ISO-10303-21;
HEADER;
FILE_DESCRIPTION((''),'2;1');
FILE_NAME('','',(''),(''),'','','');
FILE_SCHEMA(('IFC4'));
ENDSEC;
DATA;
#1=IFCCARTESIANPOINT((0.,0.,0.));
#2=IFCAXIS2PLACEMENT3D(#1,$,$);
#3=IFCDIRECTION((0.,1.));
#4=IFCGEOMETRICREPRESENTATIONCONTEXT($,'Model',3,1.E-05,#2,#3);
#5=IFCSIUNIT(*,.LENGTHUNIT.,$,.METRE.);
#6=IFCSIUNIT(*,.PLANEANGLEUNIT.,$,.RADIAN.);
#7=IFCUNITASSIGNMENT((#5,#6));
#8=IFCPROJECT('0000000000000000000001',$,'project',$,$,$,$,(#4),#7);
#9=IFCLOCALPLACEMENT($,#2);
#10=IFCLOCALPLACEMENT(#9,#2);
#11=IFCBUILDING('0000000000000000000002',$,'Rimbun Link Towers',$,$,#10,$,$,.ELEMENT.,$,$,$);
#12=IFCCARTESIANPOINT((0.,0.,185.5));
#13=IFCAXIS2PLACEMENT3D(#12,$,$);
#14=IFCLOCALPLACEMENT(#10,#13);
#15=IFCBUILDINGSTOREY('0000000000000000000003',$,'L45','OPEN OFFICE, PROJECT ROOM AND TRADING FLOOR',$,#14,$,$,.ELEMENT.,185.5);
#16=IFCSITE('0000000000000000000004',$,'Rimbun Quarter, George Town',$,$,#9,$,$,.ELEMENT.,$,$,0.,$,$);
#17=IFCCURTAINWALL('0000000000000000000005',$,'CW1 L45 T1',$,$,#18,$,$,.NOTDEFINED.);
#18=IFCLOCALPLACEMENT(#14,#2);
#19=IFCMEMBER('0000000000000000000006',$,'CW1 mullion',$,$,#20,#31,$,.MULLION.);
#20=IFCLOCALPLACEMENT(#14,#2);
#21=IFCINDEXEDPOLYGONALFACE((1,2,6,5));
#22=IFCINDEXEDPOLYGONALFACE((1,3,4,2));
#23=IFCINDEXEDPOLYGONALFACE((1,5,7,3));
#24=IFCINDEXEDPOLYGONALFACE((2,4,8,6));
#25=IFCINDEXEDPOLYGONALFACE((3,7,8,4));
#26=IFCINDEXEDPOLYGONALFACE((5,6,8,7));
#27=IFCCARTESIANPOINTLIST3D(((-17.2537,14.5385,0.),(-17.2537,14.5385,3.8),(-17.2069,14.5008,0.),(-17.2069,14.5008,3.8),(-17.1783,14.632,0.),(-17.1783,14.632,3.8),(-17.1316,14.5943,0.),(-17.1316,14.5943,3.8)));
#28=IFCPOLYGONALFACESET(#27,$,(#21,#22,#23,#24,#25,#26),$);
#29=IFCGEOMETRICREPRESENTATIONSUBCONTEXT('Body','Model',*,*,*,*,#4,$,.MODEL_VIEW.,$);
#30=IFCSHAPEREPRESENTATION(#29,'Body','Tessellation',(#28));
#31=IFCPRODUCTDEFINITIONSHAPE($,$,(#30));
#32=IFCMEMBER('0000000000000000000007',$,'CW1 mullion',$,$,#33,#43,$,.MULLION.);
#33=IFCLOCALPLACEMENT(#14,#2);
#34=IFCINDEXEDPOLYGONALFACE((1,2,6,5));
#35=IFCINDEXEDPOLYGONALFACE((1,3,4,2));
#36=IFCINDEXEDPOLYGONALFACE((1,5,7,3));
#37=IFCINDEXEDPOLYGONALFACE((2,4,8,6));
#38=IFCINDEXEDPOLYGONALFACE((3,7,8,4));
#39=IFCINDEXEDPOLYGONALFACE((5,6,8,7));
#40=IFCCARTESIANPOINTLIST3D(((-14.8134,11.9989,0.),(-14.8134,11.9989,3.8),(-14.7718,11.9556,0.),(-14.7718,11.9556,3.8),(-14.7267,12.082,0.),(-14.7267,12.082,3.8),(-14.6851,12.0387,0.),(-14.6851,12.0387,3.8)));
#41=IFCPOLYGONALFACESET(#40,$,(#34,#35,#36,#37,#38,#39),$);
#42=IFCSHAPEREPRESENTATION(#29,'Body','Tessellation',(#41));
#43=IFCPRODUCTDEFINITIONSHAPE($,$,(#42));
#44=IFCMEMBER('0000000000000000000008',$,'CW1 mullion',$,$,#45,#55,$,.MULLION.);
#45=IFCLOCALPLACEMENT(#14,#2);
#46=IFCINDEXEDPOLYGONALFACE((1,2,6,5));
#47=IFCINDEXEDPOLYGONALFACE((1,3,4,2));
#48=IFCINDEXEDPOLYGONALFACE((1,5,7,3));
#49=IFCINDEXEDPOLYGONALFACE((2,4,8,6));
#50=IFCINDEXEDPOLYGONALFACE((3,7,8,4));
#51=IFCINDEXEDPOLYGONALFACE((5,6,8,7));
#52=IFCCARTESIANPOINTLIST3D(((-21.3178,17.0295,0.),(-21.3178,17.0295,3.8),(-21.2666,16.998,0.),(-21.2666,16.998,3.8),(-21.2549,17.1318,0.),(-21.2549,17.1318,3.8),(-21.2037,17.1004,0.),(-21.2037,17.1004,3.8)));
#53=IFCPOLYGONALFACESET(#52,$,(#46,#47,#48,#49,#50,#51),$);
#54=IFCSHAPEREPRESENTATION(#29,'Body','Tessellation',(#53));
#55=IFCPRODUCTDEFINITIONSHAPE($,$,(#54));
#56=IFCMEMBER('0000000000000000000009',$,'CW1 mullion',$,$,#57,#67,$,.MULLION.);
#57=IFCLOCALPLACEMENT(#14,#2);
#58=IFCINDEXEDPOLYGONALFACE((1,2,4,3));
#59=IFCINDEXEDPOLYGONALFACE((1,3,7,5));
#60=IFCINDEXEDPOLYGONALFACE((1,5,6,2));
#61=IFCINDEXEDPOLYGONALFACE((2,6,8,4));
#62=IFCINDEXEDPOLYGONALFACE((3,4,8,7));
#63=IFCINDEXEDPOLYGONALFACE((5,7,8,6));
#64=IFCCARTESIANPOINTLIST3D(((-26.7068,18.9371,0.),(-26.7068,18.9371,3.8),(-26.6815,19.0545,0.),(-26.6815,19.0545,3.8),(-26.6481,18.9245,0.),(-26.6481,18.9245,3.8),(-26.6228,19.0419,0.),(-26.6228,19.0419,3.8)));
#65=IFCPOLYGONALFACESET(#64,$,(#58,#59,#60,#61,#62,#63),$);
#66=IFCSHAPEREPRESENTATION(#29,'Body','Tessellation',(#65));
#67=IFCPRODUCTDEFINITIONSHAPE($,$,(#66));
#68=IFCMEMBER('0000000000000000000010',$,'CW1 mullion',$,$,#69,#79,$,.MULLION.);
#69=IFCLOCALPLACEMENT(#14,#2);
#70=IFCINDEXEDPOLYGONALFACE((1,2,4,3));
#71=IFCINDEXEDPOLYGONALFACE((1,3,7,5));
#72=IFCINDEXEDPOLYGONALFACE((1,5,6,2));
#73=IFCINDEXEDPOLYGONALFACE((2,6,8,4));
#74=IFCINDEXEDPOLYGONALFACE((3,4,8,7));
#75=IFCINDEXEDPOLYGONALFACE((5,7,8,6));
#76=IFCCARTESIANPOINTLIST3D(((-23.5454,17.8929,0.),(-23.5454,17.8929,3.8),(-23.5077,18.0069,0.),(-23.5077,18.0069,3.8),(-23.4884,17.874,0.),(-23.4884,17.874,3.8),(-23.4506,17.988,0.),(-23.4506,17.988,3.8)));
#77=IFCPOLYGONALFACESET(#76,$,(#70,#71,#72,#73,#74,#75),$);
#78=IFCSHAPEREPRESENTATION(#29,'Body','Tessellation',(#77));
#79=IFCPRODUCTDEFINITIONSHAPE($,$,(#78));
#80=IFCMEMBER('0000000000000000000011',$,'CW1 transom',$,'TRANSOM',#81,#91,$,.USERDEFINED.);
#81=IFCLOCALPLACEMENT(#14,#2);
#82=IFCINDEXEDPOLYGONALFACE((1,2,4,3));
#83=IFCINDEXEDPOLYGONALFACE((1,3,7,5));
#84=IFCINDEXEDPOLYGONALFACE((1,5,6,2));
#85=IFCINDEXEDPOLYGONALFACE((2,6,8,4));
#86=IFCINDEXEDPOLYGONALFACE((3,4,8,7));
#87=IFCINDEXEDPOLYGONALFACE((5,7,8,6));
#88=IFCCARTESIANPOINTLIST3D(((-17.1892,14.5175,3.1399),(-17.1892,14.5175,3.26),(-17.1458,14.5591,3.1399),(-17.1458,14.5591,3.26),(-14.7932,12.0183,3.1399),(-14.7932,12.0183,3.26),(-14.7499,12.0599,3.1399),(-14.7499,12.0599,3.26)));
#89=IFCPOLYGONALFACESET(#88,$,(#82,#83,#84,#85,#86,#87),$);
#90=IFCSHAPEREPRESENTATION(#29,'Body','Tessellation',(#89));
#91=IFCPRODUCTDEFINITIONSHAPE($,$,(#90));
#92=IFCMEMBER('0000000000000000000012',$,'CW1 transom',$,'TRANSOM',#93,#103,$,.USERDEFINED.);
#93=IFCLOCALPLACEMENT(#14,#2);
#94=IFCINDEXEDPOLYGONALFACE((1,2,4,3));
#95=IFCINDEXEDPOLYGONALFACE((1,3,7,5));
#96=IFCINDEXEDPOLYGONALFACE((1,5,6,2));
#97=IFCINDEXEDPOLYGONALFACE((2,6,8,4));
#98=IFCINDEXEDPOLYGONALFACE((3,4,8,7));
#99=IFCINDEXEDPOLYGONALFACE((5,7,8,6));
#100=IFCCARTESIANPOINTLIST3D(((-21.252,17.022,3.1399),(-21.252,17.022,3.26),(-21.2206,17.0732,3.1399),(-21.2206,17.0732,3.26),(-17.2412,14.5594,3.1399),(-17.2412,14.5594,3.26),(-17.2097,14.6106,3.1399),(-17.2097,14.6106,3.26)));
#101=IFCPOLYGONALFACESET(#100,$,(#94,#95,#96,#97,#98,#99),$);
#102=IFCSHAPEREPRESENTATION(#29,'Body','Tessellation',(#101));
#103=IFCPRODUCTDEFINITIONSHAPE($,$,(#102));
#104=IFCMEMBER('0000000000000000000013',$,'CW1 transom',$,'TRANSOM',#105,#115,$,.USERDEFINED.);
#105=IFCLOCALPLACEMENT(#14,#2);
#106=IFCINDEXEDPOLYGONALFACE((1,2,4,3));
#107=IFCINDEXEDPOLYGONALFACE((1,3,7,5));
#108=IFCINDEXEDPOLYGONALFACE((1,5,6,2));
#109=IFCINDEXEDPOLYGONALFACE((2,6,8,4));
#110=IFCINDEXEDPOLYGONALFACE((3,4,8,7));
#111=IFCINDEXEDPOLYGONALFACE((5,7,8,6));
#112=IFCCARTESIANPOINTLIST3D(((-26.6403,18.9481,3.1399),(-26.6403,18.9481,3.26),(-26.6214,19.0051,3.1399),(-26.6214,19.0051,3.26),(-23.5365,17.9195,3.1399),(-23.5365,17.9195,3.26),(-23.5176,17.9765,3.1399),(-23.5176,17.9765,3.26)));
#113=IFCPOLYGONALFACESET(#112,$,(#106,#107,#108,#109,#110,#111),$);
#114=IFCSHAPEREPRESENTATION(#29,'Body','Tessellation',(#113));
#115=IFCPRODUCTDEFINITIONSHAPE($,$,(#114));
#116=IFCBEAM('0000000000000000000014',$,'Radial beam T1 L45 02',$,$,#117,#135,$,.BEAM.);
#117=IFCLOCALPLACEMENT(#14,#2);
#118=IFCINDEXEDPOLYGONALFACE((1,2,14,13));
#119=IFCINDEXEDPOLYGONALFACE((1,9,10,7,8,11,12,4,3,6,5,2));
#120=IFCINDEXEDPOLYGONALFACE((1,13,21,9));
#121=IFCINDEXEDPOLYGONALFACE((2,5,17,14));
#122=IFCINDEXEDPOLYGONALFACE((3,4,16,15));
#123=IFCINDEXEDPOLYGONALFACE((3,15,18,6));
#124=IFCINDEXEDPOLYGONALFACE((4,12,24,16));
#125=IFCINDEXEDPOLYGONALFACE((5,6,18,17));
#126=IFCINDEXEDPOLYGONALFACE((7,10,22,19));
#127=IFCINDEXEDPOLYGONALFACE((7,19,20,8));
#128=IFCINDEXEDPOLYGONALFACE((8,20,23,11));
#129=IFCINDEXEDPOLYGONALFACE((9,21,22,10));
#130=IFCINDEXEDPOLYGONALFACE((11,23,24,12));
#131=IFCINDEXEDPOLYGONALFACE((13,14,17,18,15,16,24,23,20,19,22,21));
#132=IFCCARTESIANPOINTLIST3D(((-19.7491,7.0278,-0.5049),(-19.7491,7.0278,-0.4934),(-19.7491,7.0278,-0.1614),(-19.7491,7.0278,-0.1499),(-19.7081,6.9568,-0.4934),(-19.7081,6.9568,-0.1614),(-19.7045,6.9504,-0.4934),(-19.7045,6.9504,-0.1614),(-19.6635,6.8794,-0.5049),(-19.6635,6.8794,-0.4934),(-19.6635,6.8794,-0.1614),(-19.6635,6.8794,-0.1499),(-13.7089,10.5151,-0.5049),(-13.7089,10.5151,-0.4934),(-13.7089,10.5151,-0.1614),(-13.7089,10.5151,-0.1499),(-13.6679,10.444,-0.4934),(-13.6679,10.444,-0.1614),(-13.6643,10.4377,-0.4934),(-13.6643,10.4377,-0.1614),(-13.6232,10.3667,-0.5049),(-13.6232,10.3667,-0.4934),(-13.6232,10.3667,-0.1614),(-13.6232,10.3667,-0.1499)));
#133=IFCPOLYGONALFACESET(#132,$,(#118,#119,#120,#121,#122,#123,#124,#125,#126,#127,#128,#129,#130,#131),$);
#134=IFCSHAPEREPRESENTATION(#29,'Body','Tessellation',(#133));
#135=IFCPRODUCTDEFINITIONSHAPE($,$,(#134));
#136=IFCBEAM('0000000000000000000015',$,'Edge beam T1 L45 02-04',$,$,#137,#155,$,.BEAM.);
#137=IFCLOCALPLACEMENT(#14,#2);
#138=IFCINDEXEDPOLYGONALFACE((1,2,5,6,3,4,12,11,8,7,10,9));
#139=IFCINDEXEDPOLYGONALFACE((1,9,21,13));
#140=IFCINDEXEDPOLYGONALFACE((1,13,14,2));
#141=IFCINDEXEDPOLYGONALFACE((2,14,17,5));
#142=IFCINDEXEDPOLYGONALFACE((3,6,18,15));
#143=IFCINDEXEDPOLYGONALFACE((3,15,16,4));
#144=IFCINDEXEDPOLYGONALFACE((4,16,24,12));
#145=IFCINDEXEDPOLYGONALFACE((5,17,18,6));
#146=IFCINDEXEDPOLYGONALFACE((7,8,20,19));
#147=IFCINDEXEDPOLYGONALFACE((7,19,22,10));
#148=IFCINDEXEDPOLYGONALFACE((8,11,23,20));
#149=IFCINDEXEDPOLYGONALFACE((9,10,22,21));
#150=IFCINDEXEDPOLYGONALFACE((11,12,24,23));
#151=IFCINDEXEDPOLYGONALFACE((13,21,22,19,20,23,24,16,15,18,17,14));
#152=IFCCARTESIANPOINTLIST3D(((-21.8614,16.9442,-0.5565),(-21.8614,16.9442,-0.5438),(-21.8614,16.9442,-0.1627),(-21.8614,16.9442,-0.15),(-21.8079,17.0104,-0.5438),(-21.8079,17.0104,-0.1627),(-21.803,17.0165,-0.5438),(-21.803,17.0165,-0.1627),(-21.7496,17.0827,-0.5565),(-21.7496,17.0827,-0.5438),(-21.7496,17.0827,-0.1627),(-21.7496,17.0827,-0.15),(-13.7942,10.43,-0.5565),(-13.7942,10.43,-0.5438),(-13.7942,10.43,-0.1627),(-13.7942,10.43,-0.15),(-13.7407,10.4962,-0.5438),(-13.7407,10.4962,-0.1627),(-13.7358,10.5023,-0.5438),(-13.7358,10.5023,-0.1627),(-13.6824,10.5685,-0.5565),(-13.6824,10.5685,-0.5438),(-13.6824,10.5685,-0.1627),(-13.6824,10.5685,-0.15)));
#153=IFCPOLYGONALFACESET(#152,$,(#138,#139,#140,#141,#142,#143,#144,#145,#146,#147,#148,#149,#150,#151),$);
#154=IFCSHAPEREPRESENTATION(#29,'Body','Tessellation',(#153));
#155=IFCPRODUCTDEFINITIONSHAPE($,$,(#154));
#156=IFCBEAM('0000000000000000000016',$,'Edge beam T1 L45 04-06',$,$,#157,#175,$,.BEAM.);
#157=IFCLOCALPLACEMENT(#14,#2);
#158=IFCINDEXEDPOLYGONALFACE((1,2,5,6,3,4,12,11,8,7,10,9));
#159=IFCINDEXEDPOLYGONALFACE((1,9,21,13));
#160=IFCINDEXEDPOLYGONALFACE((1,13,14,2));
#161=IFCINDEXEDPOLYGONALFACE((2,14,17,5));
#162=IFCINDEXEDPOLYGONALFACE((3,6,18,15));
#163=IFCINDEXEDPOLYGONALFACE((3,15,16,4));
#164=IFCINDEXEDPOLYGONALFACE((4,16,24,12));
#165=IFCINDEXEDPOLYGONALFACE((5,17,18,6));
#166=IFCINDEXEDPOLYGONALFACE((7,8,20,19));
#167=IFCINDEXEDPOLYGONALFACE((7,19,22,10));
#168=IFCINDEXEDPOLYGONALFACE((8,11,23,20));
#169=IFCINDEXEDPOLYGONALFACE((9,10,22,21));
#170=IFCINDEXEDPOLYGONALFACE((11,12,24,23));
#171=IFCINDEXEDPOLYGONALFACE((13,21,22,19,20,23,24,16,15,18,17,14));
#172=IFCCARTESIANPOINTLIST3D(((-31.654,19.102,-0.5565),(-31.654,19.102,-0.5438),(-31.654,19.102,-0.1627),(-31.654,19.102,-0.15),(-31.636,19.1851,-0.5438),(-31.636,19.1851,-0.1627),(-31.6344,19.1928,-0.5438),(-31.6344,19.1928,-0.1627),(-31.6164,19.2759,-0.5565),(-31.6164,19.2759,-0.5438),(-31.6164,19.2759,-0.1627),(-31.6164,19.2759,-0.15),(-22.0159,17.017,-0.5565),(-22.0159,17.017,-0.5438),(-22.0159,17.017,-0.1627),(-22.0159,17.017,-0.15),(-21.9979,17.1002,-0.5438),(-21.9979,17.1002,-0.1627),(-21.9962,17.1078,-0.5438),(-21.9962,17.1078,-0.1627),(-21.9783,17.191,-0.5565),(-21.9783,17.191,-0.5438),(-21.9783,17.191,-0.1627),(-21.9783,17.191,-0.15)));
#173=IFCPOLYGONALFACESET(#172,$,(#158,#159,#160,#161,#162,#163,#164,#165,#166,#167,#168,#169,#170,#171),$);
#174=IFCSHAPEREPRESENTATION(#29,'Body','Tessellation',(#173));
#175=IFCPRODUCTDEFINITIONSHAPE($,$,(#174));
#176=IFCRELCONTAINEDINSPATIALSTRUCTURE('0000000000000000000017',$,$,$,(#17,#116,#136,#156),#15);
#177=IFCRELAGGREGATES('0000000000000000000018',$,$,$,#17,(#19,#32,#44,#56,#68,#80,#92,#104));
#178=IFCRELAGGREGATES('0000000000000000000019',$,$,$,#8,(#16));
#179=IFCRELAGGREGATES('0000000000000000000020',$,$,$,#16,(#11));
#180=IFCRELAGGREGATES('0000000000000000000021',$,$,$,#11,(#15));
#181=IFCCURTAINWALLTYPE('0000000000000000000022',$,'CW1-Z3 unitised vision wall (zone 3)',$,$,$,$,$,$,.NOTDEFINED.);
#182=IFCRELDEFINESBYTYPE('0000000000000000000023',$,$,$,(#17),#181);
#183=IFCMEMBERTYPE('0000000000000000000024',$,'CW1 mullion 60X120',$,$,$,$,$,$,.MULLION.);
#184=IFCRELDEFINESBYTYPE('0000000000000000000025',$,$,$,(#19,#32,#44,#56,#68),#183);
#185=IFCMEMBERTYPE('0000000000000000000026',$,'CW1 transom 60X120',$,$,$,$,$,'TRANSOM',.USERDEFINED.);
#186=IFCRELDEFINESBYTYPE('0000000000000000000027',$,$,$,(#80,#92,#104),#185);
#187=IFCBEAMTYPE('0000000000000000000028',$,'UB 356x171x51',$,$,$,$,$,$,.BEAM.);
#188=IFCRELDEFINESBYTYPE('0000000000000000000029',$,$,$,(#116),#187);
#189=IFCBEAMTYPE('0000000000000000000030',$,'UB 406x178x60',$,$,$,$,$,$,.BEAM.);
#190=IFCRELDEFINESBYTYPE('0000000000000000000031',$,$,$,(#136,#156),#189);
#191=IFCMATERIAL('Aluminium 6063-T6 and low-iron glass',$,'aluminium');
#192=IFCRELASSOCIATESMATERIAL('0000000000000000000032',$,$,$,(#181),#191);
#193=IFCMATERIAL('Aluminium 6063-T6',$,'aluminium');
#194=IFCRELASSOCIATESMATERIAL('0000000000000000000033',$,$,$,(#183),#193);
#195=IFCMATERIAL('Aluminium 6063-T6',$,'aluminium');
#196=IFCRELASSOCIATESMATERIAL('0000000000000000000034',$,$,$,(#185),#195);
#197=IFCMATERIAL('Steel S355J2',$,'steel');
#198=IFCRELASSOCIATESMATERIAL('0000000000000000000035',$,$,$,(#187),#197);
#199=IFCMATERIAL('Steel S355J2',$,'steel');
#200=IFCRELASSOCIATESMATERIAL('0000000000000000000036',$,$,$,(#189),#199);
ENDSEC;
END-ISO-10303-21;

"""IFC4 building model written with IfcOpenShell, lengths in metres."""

from ifc_helpers import new_model, si_unit, direction, frame, origin, origin_2d, place, context, subcontext, project, spatial, rectangle, i_section, extrude, material, material_profile, profile_set, type_object, element, aggregate, save


model = new_model("IFC4")

# Units and contexts
model_context = context("Model", 3, precision=1e-05, world=origin(), true_north=direction((0.0, 1.0)))
body_context = subcontext(model_context, "Body", "Model", "MODEL_VIEW")
ifc_project = project(units=[si_unit("LENGTHUNIT", "METRE"), si_unit("PLANEANGLEUNIT", "RADIAN")], contexts=[model_context])

# Site, building, storey
site_placement = place(None, origin())
site = spatial("IfcSite", under=ifc_project, at=site_placement, Name="Rimbun Quarter, George Town", CompositionType="ELEMENT", RefElevation=0.0)
building_placement = place(site_placement, origin())
building = spatial("IfcBuilding", under=site, at=building_placement, Name="Rimbun Link Towers", CompositionType="ELEMENT")
storey_placement = place(building_placement, frame((0.0, 0.0, 185.5)))
storey = spatial("IfcBuildingStorey", under=building, at=storey_placement, Name="L45", Description="OPEN OFFICE, PROJECT ROOM AND TRADING FLOOR", CompositionType="ELEMENT", Elevation=185.5)

# Curtain wall, members
ifc_material_1 = material(Name="Aluminium 6063-T6 and low-iron glass", Category="aluminium")
curtain_wall_type = type_object("IfcCurtainWallType", Name="CW1-Z3 unitised vision wall (zone 3)", PredefinedType="NOTDEFINED", material=ifc_material_1)
curtain_wall_placement = place(storey_placement, origin())
curtain_wall = element("IfcCurtainWall", 1, at=curtain_wall_placement, inside=storey, type_object=curtain_wall_type, Name="CW1 L45 T1", PredefinedType="NOTDEFINED")
ifc_material_2 = material(Name="Aluminium 6063-T6", Category="aluminium")
ifc_material_profile_1 = material_profile(ifc_material_2, rectangle(XDim=0.1201, YDim=0.0601, at=origin_2d()), Name="MULLION 60X120")
ifc_profile_set_1 = profile_set([ifc_material_profile_1], Name="Aluminium 6063-T6")
member_type_1 = type_object("IfcMemberType", Name="CW1 mullion 60X120", PredefinedType="MULLION", material=ifc_profile_set_1)
member_1_placement = place(storey_placement, frame((-17.1926, 14.5664, 0.0), z_axis=(0.0, 0.0, 1.0), x_axis=(0.627666, 0.778483, 0.0)))
member_1 = element("IfcMember", 2, at=member_1_placement, type_object=member_type_1, Name="CW1 mullion", PredefinedType="MULLION", context=body_context, shape_type="SweptSolid", body=[
    extrude(rectangle(XDim=0.1201, YDim=0.0601, at=origin_2d()), origin(), (0.0, 0.0, 1.0), 3.8),
])
member_2_placement = place(storey_placement, frame((-14.7493, 12.0188, 0.0), z_axis=(0.0, 0.0, 1.0), x_axis=(0.721843, 0.692057, 0.0)))
member_2 = element("IfcMember", 3, at=member_2_placement, type_object=member_type_1, Name="CW1 mullion", PredefinedType="MULLION", context=body_context, shape_type="SweptSolid", body=[
    extrude(rectangle(XDim=0.1201, YDim=0.0601, at=origin_2d()), origin(), (0.0, 0.0, 1.0), 3.8),
])
member_3_placement = place(storey_placement, frame((-21.2607, 17.0649, 0.0), z_axis=(0.0, 0.0, 1.0), x_axis=(0.523235, 0.852189, 0.0)))
member_3 = element("IfcMember", 4, at=member_3_placement, type_object=member_type_1, Name="CW1 mullion", PredefinedType="MULLION", context=body_context, shape_type="SweptSolid", body=[
    extrude(rectangle(XDim=0.1201, YDim=0.0601, at=origin_2d()), origin(), (0.0, 0.0, 1.0), 3.8),
])
member_4_placement = place(storey_placement, frame((-26.6648, 18.9895, 0.0), z_axis=(0.0, 0.0, 1.0), x_axis=(0.210877, 0.977513, 0.0)))
member_4 = element("IfcMember", 5, at=member_4_placement, type_object=member_type_1, Name="CW1 mullion", PredefinedType="MULLION", context=body_context, shape_type="SweptSolid", body=[
    extrude(rectangle(XDim=0.1201, YDim=0.0601, at=origin_2d()), origin(), (0.0, 0.0, 1.0), 3.8),
])
member_5_placement = place(storey_placement, frame((-23.498, 17.9404, 0.0), z_axis=(0.0, 0.0, 1.0), x_axis=(0.314565, 0.949236, 0.0)))
member_5 = element("IfcMember", 6, at=member_5_placement, type_object=member_type_1, Name="CW1 mullion", PredefinedType="MULLION", context=body_context, shape_type="SweptSolid", body=[
    extrude(rectangle(XDim=0.1201, YDim=0.0601, at=origin_2d()), origin(), (0.0, 0.0, 1.0), 3.8),
])
ifc_material_3 = material(Name="Aluminium 6063-T6", Category="aluminium")
ifc_material_profile_2 = material_profile(ifc_material_3, rectangle(XDim=0.0601, YDim=0.1201, at=origin_2d()), Name="TRANSOM 60X120")
ifc_profile_set_2 = profile_set([ifc_material_profile_2], Name="Aluminium 6063-T6")
member_type_2 = type_object("IfcMemberType", Name="CW1 transom 60X120", ElementType="TRANSOM", PredefinedType="USERDEFINED", material=ifc_profile_set_2)
member_6_placement = place(storey_placement, frame((-17.1675, 14.5383, 3.2), z_axis=(0.692036, -0.721863, 0.0), x_axis=(0.721863, 0.692036, 0.0)))
member_6 = element("IfcMember", 7, at=member_6_placement, type_object=member_type_2, Name="CW1 transom", ObjectType="TRANSOM", PredefinedType="USERDEFINED", context=body_context, shape_type="SweptSolid", body=[
    extrude(rectangle(XDim=0.0601, YDim=0.1201, at=origin_2d()), origin(), (0.0, 0.0, 1.0), 3.4622),
])
member_7_placement = place(storey_placement, frame((-21.2363, 17.0476, 3.2), z_axis=(0.852194, -0.523226, 0.0), x_axis=(0.523226, 0.852194, 0.0)))
member_7 = element("IfcMember", 8, at=member_7_placement, type_object=member_type_2, Name="CW1 transom", ObjectType="TRANSOM", PredefinedType="USERDEFINED", context=body_context, shape_type="SweptSolid", body=[
    extrude(rectangle(XDim=0.0601, YDim=0.1201, at=origin_2d()), origin(), (0.0, 0.0, 1.0), 4.7065),
])
member_8_placement = place(storey_placement, frame((-26.6309, 18.9766, 3.2), z_axis=(0.949234, -0.31457, 0.0), x_axis=(0.31457, 0.949234, 0.0)))
member_8 = element("IfcMember", 9, at=member_8_placement, type_object=member_type_2, Name="CW1 transom", ObjectType="TRANSOM", PredefinedType="USERDEFINED", context=body_context, shape_type="SweptSolid", body=[
    extrude(rectangle(XDim=0.0601, YDim=0.1201, at=origin_2d()), origin(), (0.0, 0.0, 1.0), 3.2698),
])

# Beams
ifc_material_4 = material(Name="Steel S355J2", Category="steel")
ifc_material_profile_3 = material_profile(ifc_material_4, i_section(OverallWidth=0.1714, OverallDepth=0.355, WebThickness=0.0073, FlangeThickness=0.0115, at=origin_2d()), Name="UB 356x171x51")
ifc_profile_set_3 = profile_set([ifc_material_profile_3], Name="Steel S355J2")
beam_type_1 = type_object("IfcBeamType", Name="UB 356x171x51", PredefinedType="BEAM", material=ifc_profile_set_3)
beam_1_placement = place(storey_placement, frame((-19.7063, 6.9536, -0.3274), z_axis=(0.866029, 0.499994, 0.0), x_axis=(-0.499994, 0.866029, 0.0)))
element("IfcBeam", 10, at=beam_1_placement, inside=storey, type_object=beam_type_1, Name="Radial beam T1 L45 02", PredefinedType="BEAM", context=body_context, shape_type="SweptSolid", body=[
    extrude(i_section(OverallWidth=0.1714, OverallDepth=0.355, WebThickness=0.0073, FlangeThickness=0.0115, at=origin_2d()), origin(), (0.0, 0.0, 1.0), 6.9746),
])
ifc_material_5 = material(Name="Steel S355J2", Category="steel")
ifc_material_profile_4 = material_profile(ifc_material_5, i_section(OverallWidth=0.178, OverallDepth=0.4065, WebThickness=0.0078, FlangeThickness=0.0127, at=origin_2d()), Name="UB 406x178x60")
ifc_profile_set_4 = profile_set([ifc_material_profile_4], Name="Steel S355J2")
beam_type_2 = type_object("IfcBeamType", Name="UB 406x178x60", PredefinedType="BEAM", material=ifc_profile_set_4)
beam_2_placement = place(storey_placement, frame((-13.7383, 10.4993, -0.3533), z_axis=(-0.778017, 0.628243, 0.0), x_axis=(-0.628243, -0.778017, 0.0)))
element("IfcBeam", 11, at=beam_2_placement, inside=storey, type_object=beam_type_2, Name="Edge beam T1 L45 02-04", PredefinedType="BEAM", context=body_context, shape_type="SweptSolid", body=[
    extrude(i_section(OverallWidth=0.178, OverallDepth=0.4065, WebThickness=0.0078, FlangeThickness=0.0127, at=origin_2d()), origin(), (0.0, 0.0, 1.0), 10.3689),
])
beam_3_placement = place(storey_placement, frame((-21.9971, 17.104, -0.3533), z_axis=(-0.977393, 0.211433, 0.0), x_axis=(-0.211433, -0.977393, 0.0)))
element("IfcBeam", 12, at=beam_3_placement, inside=storey, type_object=beam_type_2, Name="Edge beam T1 L45 04-06", PredefinedType="BEAM", context=body_context, shape_type="SweptSolid", body=[
    extrude(i_section(OverallWidth=0.178, OverallDepth=0.4065, WebThickness=0.0078, FlangeThickness=0.0127, at=origin_2d()), origin(), (0.0, 0.0, 1.0), 9.8611),
])

aggregate(curtain_wall, [member_1, member_2, member_3, member_4, member_5, member_6, member_7, member_8])

save(model, "model.ifc")
